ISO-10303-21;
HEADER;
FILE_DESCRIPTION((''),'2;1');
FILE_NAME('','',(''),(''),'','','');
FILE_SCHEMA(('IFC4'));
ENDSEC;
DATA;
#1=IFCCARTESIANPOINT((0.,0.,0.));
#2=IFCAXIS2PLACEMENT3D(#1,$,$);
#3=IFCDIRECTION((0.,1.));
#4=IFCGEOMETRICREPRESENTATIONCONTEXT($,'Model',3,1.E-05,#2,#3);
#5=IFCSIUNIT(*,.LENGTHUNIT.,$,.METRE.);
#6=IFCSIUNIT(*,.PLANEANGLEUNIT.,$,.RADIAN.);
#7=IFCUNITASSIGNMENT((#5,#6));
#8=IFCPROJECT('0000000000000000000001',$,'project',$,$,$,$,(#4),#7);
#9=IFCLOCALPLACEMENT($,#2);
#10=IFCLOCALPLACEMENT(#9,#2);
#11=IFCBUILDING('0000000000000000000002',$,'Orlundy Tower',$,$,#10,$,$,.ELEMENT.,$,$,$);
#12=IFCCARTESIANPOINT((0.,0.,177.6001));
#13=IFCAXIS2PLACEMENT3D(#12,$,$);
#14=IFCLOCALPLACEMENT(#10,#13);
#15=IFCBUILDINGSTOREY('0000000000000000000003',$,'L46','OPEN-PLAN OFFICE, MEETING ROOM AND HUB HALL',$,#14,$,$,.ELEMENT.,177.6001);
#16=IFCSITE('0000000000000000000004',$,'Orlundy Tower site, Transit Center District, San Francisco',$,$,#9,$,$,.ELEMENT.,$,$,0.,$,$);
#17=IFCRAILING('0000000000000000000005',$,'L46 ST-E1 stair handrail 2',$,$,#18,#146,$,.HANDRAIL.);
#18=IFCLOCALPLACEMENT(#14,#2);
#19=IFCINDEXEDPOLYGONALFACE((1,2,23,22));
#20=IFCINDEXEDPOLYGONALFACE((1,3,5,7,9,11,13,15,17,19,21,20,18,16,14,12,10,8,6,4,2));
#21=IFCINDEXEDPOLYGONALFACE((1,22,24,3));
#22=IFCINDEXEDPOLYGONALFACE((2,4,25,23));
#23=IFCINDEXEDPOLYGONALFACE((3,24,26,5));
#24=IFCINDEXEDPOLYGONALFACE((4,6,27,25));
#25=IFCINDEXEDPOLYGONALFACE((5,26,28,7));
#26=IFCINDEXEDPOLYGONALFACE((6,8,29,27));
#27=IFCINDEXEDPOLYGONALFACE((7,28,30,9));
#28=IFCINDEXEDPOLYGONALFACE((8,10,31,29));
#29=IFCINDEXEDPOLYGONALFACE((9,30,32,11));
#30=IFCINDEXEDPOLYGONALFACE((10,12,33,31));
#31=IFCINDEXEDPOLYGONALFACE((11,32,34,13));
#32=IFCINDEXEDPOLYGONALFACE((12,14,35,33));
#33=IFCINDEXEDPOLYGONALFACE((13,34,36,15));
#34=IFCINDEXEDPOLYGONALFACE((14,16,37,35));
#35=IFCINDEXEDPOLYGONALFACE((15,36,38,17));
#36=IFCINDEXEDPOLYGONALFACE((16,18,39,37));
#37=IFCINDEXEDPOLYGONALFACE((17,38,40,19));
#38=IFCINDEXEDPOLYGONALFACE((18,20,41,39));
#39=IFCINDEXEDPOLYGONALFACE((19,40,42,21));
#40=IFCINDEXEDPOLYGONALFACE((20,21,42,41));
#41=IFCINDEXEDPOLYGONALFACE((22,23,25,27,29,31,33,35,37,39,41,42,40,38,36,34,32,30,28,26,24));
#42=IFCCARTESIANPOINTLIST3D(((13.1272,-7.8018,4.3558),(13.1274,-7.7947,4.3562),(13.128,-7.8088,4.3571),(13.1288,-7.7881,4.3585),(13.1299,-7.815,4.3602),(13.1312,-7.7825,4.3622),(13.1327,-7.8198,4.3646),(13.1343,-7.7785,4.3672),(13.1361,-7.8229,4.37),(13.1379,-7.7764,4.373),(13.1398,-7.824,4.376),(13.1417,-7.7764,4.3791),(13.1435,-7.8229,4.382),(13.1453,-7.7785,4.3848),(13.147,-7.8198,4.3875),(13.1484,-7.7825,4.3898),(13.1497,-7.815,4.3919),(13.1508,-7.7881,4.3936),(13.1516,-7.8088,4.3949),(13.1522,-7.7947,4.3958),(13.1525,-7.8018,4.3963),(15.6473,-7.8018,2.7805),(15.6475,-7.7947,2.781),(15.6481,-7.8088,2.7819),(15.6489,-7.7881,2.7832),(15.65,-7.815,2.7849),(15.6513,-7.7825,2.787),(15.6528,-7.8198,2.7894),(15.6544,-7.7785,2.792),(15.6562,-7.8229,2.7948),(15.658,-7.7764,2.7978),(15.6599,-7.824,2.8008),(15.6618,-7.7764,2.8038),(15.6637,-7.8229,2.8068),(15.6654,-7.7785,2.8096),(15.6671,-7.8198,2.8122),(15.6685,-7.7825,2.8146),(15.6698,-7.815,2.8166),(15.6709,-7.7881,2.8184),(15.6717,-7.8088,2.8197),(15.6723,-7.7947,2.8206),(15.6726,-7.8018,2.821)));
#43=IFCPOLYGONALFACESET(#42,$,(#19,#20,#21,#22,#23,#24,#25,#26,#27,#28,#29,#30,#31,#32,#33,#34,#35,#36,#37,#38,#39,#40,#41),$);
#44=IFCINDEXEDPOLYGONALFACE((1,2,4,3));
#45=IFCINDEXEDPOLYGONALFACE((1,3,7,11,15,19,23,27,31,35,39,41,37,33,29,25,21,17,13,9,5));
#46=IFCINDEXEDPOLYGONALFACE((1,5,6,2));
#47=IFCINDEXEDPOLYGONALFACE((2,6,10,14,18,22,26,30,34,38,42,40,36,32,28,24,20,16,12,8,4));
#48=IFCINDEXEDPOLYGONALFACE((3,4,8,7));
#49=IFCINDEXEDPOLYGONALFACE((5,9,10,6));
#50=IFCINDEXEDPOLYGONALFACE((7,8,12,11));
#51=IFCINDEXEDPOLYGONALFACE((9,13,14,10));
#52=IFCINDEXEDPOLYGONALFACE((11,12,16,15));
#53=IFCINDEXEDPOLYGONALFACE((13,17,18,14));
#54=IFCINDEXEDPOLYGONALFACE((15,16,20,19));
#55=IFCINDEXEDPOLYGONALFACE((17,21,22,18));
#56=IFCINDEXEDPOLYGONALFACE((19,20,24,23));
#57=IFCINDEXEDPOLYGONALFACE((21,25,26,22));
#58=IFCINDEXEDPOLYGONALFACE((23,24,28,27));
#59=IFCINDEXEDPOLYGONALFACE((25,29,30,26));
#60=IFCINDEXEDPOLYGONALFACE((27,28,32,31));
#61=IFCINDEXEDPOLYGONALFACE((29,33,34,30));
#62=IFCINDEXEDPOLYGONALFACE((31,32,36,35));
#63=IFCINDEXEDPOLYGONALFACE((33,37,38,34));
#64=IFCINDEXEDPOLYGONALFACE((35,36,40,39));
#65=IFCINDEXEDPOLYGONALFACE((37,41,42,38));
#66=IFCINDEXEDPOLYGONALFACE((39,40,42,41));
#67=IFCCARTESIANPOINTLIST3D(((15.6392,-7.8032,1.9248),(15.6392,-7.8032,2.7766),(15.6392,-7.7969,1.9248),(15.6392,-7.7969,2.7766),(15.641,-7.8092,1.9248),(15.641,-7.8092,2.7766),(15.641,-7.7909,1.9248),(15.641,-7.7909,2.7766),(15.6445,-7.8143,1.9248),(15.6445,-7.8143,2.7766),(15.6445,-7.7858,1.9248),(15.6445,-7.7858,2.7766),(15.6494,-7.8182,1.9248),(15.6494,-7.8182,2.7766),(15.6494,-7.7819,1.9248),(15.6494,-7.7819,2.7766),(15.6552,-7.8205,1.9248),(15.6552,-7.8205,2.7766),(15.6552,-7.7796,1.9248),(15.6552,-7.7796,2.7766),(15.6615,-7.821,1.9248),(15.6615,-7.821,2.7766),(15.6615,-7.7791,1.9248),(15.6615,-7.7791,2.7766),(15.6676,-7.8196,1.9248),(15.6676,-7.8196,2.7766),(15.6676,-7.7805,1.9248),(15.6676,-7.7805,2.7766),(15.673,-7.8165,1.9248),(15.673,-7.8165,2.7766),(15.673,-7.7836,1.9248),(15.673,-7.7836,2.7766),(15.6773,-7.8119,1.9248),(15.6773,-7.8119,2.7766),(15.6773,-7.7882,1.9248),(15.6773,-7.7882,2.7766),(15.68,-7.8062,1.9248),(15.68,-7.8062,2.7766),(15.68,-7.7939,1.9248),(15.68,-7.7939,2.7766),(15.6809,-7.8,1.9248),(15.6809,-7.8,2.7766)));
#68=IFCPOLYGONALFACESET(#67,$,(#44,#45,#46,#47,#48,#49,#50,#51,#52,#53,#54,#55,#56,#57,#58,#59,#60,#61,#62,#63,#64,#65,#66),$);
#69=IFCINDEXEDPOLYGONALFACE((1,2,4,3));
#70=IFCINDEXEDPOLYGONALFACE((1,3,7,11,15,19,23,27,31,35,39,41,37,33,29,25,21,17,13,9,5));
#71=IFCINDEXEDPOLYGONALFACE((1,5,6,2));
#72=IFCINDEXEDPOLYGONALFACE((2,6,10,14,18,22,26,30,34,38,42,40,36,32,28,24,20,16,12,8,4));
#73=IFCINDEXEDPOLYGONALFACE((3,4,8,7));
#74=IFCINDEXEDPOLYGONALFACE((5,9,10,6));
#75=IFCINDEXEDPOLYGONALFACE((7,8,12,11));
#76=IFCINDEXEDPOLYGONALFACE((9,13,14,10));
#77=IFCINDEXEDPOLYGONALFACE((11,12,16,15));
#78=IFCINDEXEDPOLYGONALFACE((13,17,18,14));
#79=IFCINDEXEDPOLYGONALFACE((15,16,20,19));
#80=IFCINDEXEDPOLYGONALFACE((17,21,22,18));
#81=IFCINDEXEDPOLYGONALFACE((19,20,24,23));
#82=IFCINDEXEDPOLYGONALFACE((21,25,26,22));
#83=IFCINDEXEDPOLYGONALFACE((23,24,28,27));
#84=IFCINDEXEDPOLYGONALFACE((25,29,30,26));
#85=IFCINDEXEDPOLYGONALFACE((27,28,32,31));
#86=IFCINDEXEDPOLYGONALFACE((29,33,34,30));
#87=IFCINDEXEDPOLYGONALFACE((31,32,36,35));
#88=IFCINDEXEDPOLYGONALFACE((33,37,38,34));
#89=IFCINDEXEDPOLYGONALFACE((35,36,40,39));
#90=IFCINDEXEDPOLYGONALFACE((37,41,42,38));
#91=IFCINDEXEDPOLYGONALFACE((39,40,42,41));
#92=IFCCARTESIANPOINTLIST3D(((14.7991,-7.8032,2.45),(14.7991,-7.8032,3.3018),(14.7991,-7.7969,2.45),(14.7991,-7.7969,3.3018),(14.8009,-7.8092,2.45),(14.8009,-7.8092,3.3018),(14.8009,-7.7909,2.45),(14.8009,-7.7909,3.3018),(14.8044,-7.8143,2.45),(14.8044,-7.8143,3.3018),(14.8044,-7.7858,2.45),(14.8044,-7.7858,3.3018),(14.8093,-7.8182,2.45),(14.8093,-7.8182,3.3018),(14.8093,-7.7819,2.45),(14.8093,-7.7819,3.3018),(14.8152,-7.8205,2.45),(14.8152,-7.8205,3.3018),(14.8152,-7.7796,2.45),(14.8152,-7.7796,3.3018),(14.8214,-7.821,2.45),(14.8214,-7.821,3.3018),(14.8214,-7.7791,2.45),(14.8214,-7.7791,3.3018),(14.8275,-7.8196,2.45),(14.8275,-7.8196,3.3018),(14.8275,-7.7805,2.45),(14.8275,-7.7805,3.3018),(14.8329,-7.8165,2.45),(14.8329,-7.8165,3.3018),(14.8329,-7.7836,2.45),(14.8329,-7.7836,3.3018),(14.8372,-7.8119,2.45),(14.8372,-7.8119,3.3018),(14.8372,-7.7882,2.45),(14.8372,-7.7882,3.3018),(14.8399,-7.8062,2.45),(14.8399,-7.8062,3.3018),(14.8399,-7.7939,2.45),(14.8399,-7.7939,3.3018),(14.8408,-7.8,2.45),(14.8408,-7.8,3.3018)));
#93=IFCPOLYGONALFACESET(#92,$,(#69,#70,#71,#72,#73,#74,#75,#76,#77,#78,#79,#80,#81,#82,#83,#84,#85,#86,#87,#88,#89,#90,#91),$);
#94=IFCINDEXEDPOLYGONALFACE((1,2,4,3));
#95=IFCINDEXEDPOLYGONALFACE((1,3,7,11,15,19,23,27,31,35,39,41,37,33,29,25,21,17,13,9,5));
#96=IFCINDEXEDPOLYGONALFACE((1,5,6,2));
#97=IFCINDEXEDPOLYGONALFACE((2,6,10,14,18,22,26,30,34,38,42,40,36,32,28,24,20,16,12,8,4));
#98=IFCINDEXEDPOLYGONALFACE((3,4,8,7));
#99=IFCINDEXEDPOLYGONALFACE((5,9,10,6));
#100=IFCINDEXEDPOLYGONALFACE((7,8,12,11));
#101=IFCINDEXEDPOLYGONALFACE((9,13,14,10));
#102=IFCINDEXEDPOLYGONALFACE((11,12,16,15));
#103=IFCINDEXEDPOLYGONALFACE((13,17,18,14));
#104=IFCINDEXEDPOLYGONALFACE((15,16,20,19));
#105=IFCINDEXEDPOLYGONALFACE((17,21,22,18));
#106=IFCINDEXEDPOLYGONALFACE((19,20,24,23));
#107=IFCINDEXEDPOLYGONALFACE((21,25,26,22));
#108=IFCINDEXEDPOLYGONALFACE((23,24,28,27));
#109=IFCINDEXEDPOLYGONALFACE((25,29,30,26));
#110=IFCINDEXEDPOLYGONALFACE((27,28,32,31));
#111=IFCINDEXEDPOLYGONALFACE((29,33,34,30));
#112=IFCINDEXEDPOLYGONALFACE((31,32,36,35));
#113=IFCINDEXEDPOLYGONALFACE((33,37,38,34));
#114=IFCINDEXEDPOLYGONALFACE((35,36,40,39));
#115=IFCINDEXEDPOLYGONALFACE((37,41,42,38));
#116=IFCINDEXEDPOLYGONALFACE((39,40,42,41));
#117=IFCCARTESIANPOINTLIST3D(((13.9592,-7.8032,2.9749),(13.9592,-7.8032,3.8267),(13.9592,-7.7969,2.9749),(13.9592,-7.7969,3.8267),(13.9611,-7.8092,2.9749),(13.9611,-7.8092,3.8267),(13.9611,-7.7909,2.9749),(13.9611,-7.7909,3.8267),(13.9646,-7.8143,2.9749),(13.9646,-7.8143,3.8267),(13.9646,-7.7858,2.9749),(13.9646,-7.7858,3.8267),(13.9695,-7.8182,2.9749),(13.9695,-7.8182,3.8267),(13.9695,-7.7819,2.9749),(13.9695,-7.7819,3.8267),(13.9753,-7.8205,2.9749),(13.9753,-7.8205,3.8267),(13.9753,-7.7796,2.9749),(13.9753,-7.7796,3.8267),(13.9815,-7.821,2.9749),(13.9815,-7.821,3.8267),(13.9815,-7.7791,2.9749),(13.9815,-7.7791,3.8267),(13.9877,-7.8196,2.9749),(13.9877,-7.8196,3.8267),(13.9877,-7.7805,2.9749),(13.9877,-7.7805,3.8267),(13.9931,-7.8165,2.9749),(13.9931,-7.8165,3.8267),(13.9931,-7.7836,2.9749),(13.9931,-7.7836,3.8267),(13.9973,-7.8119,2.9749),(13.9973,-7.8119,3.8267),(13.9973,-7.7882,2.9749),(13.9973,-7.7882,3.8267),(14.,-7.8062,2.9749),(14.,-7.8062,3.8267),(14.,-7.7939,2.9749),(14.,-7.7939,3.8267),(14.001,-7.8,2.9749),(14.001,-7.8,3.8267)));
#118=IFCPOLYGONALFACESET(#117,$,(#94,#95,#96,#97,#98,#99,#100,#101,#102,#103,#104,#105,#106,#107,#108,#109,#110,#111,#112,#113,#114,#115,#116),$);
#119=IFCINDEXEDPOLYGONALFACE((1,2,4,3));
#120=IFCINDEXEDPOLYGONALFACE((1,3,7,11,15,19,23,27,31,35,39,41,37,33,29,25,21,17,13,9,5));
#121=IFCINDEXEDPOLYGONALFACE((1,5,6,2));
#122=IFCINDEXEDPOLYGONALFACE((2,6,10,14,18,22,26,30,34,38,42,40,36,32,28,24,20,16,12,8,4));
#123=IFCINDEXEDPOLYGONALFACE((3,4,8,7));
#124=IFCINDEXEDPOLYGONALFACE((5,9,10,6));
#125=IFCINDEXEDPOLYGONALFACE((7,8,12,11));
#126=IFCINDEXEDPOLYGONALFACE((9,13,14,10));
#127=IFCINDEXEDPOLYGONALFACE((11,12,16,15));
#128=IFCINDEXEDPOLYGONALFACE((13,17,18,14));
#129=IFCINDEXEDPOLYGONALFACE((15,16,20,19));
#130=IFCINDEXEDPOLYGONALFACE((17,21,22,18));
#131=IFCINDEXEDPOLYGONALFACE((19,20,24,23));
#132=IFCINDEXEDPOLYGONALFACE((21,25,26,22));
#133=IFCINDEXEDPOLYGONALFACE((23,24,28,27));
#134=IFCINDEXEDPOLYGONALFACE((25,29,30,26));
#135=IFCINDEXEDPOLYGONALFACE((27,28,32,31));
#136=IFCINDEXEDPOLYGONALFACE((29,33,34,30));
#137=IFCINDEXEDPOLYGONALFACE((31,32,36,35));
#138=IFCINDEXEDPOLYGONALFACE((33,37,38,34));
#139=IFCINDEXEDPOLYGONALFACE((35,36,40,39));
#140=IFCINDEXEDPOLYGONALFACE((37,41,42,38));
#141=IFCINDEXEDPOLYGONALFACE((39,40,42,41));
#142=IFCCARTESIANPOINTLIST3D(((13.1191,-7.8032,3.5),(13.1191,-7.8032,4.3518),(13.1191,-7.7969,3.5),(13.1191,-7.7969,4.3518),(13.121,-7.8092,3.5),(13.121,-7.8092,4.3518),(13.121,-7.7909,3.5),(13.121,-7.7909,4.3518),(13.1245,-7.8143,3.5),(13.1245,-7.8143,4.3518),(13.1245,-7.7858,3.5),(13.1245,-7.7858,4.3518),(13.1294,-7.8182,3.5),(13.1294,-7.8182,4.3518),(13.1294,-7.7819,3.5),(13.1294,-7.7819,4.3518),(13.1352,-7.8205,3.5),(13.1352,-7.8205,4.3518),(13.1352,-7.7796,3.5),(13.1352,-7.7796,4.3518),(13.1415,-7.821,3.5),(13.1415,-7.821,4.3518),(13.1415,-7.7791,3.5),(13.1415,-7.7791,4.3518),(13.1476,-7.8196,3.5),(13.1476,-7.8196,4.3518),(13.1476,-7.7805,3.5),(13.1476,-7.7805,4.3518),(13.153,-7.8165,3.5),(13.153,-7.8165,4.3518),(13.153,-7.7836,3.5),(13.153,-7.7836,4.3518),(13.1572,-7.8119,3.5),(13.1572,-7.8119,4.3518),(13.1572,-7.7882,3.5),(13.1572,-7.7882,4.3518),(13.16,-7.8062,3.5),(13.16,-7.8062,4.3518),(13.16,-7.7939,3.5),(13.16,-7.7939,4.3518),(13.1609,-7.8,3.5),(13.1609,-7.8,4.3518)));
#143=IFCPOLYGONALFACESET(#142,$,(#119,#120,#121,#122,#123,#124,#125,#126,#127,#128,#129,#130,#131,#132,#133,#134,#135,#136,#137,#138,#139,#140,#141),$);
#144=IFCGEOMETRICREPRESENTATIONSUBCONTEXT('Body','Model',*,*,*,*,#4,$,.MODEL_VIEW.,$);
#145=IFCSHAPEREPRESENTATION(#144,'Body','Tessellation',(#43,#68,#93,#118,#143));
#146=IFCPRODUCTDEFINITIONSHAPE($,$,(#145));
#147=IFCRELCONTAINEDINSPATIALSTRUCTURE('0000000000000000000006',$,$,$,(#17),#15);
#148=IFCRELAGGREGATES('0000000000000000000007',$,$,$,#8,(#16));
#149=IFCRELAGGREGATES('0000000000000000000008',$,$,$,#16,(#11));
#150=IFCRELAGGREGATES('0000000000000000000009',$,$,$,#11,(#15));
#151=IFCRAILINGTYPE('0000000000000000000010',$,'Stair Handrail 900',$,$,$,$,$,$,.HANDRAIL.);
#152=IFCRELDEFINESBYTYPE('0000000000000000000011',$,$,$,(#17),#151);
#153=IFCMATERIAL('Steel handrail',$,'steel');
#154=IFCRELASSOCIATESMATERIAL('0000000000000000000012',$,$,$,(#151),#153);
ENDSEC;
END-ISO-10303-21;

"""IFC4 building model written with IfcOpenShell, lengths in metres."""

from ifc_helpers import new_model, si_unit, direction, frame, origin, origin_2d, place, context, subcontext, project, spatial, circle, extrude, material, type_object, element, save


model = new_model("IFC4")

# Units and contexts
model_context = context("Model", 3, precision=1e-05, world=origin(), true_north=direction((0.0, 1.0)))
body_context = subcontext(model_context, "Body", "Model", "MODEL_VIEW")
ifc_project = project(units=[si_unit("LENGTHUNIT", "METRE"), si_unit("PLANEANGLEUNIT", "RADIAN")], contexts=[model_context])

# Site, building, storey
site_placement = place(None, origin())
site = spatial("IfcSite", under=ifc_project, at=site_placement, Name="Orlundy Tower site, Transit Center District, San Francisco", CompositionType="ELEMENT", RefElevation=0.0)
building_placement = place(site_placement, origin())
building = spatial("IfcBuilding", under=site, at=building_placement, Name="Orlundy Tower", CompositionType="ELEMENT")
storey_placement = place(building_placement, frame((0.0, 0.0, 177.6001)))
storey = spatial("IfcBuildingStorey", under=building, at=storey_placement, Name="L46", Description="OPEN-PLAN OFFICE, MEETING ROOM AND HUB HALL", CompositionType="ELEMENT", Elevation=177.6001)

# Railing
ifc_material_1 = material(Name="Steel handrail", Category="steel")
railing_type = type_object("IfcRailingType", Name="Stair Handrail 900", PredefinedType="HANDRAIL", material=ifc_material_1)
railing_placement = place(storey_placement, frame((15.6599, -7.8, 1.9248)))
element("IfcRailing", 1, at=railing_placement, inside=storey, type_object=railing_type, Name="L46 ST-E1 stair handrail 2", PredefinedType="HANDRAIL", context=body_context, shape_type="SweptSolid", body=[
    extrude(circle(Radius=0.0239, at=origin_2d()), frame((0.0, 0.0, 0.876), z_axis=(-0.847971, 0.0, 0.530043), x_axis=(0.0, -1.0, 0.0)), (0.0, 0.0, 1.0), 2.9719),
    extrude(circle(Radius=0.021, at=origin_2d()), origin(), (0.0, 0.0, 1.0), 0.8518),
    extrude(circle(Radius=0.021, at=origin_2d()), frame((-0.8401, 0.0, 0.5251)), (0.0, 0.0, 1.0), 0.8518),
    extrude(circle(Radius=0.021, at=origin_2d()), frame((-1.6799, 0.0, 1.05)), (0.0, 0.0, 1.0), 0.8518),
    extrude(circle(Radius=0.021, at=origin_2d()), frame((-2.52, 0.0, 1.5752)), (0.0, 0.0, 1.0), 0.8518),
])

save(model, "model.ifc")
